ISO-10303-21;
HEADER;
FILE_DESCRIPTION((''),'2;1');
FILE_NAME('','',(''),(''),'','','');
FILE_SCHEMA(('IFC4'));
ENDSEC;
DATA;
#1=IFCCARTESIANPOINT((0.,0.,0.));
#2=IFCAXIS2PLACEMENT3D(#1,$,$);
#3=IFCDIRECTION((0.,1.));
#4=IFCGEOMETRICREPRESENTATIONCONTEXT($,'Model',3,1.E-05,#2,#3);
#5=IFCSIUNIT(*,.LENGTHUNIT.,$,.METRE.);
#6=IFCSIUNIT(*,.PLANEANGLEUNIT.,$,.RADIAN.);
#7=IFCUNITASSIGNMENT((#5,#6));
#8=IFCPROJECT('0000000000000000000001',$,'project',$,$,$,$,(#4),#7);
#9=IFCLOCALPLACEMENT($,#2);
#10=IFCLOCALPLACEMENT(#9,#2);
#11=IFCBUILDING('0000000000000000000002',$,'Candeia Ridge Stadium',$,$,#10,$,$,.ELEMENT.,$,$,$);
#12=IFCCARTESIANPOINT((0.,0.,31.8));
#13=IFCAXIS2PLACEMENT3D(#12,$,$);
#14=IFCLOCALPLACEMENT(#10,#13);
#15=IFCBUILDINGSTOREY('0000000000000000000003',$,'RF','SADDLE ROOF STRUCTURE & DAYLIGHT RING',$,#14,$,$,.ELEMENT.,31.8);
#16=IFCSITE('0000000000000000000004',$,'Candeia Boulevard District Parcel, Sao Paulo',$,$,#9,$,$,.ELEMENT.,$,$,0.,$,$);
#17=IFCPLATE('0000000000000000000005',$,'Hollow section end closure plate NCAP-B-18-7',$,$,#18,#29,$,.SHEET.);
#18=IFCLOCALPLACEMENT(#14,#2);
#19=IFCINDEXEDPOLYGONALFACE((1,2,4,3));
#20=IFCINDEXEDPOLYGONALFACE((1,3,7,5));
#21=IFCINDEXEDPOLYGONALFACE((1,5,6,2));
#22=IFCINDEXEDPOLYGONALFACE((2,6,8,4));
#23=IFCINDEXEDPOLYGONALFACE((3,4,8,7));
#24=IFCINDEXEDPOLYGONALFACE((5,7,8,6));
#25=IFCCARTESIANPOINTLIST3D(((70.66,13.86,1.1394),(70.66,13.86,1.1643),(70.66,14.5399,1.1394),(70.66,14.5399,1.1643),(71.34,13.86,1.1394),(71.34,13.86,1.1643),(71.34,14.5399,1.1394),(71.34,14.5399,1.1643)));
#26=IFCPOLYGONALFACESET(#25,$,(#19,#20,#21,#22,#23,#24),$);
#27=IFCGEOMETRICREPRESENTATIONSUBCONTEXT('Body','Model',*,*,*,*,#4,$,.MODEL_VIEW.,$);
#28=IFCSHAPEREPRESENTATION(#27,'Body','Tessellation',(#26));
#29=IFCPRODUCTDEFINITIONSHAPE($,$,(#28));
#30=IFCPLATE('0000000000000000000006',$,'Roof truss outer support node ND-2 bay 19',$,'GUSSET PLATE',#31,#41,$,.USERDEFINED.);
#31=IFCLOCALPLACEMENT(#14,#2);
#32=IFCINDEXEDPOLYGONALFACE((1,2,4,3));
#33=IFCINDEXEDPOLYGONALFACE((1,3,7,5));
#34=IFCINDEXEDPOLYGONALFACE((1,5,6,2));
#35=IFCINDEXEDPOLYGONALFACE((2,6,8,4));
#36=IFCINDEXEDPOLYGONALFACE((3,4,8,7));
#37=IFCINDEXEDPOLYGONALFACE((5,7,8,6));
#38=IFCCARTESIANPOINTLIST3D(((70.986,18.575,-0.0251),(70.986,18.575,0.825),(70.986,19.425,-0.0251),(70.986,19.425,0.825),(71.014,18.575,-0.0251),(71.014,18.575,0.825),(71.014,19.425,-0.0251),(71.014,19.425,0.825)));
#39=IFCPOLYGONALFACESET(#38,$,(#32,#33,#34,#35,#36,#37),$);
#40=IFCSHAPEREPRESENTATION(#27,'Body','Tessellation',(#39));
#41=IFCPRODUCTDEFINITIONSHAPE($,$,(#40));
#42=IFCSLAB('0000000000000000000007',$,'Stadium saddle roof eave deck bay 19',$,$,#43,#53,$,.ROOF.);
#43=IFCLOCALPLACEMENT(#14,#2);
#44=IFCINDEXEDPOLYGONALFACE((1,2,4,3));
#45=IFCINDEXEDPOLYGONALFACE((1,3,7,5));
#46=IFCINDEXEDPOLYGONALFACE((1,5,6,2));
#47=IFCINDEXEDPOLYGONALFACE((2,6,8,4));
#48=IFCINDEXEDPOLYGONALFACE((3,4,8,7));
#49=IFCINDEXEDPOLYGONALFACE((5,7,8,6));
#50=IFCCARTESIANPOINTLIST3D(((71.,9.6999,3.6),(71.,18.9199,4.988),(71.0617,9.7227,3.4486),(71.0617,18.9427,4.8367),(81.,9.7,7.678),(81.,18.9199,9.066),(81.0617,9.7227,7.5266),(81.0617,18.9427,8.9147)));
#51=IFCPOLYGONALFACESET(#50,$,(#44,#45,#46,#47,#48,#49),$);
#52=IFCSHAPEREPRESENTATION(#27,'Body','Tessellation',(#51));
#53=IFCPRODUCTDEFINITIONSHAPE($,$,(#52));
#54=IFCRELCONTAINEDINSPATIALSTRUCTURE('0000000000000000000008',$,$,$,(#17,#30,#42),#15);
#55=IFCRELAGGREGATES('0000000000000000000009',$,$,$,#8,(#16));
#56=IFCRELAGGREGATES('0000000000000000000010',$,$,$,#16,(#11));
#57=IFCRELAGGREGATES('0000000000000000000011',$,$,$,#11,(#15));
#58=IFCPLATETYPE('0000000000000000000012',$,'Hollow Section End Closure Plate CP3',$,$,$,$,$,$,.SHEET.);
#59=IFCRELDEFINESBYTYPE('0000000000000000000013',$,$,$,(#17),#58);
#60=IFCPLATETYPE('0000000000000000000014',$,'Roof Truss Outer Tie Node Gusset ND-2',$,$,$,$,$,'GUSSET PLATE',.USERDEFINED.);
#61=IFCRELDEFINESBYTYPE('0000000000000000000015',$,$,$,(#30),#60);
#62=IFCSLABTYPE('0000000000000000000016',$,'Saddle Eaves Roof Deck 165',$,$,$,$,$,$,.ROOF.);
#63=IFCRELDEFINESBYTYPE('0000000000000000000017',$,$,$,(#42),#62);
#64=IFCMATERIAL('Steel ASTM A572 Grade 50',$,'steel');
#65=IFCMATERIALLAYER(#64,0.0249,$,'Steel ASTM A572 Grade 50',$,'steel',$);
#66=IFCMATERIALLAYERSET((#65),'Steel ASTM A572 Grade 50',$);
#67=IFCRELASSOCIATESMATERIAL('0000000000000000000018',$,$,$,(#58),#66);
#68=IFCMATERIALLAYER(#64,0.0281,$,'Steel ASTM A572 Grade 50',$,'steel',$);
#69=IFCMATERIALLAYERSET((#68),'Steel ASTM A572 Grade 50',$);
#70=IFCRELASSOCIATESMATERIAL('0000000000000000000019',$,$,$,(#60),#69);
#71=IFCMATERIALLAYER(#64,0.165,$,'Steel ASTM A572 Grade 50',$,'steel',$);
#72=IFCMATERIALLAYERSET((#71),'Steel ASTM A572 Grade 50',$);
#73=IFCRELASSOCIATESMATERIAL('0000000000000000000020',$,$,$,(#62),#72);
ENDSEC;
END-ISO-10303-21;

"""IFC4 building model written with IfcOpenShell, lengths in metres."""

from ifc_helpers import new_model, si_unit, direction, frame, origin, origin_2d, place, context, subcontext, project, spatial, polyline, rectangle, outline, extrude, material, layer, layer_set, type_object, element, save


model = new_model("IFC4")

# Units and contexts
model_context = context("Model", 3, precision=1e-05, world=origin(), true_north=direction((0.0, 1.0)))
body_context = subcontext(model_context, "Body", "Model", "MODEL_VIEW")
ifc_project = project(units=[si_unit("LENGTHUNIT", "METRE"), si_unit("PLANEANGLEUNIT", "RADIAN")], contexts=[model_context])

# Site, building, storey
site_placement = place(None, origin())
site = spatial("IfcSite", under=ifc_project, at=site_placement, Name="Candeia Boulevard District Parcel, Sao Paulo", CompositionType="ELEMENT", RefElevation=0.0)
building_placement = place(site_placement, origin())
building = spatial("IfcBuilding", under=site, at=building_placement, Name="Candeia Ridge Stadium", CompositionType="ELEMENT")
storey_placement = place(building_placement, frame((0.0, 0.0, 31.8)))
storey = spatial("IfcBuildingStorey", under=building, at=storey_placement, Name="RF", Description="SADDLE ROOF STRUCTURE & DAYLIGHT RING", CompositionType="ELEMENT", Elevation=31.8)

# Shared definitions
ifc_material_1 = material(Name="Steel ASTM A572 Grade 50", Category="steel")

# Plates
ifc_layer_1 = layer(ifc_material_1, 0.0249, Name="Steel ASTM A572 Grade 50", Category="steel")
ifc_layer_set_1 = layer_set([ifc_layer_1], Name="Steel ASTM A572 Grade 50")
plate_type_1 = type_object("IfcPlateType", Name="Hollow Section End Closure Plate CP3", PredefinedType="SHEET", material=ifc_layer_set_1)
for number, where, z_axis, x_axis, name in (
    (1, (71.0, 14.2, 1.1394), (0.0, 0.0, 1.0), (1.0, 0.0, 0.0), "Hollow section end closure plate NCAP-B-18-7"),
):
    element("IfcPlate", number, at=place(storey_placement, frame(where, z_axis=z_axis, x_axis=x_axis)), inside=storey, type_object=plate_type_1, Name=name, PredefinedType="SHEET", context=body_context, shape_type="SweptSolid", body=[
        extrude(rectangle(XDim=0.6799, YDim=0.6799, at=origin_2d()), origin(), (0.0, 0.0, 1.0), 0.0249),
    ])
ifc_layer_2 = layer(ifc_material_1, 0.0281, Name="Steel ASTM A572 Grade 50", Category="steel")
ifc_layer_set_2 = layer_set([ifc_layer_2], Name="Steel ASTM A572 Grade 50")
plate_type_2 = type_object("IfcPlateType", Name="Roof Truss Outer Tie Node Gusset ND-2", ElementType="GUSSET PLATE", PredefinedType="USERDEFINED", material=ifc_layer_set_2)
plate_1_placement = place(storey_placement, frame((71.0, 19.0, -0.0251), z_axis=(0.0, 0.0, 1.0), x_axis=(0.0, -1.0, 0.0)))
element("IfcPlate", 2, at=plate_1_placement, inside=storey, type_object=plate_type_2, Name="Roof truss outer support node ND-2 bay 19", ObjectType="GUSSET PLATE", PredefinedType="USERDEFINED", context=body_context, shape_type="SweptSolid", body=[
    extrude(rectangle(XDim=0.8501, YDim=0.0281, at=origin_2d()), origin(), (0.0, 0.0, 1.0), 0.8501),
])

# Slab
ifc_layer_3 = layer(ifc_material_1, 0.165, Name="Steel ASTM A572 Grade 50", Category="steel")
ifc_layer_set_3 = layer_set([ifc_layer_3], Name="Steel ASTM A572 Grade 50")
slab_type = type_object("IfcSlabType", Name="Saddle Eaves Roof Deck 165", PredefinedType="ROOF", material=ifc_layer_set_3)
slab_placement = place(storey_placement, frame((71.0, 18.9199, 4.988), z_axis=(-0.373992, -0.138068, 0.917097), x_axis=(0.925965, -0.000001, 0.377609)))
element("IfcSlab", 3, at=slab_placement, inside=storey, type_object=slab_type, Name="Stadium saddle roof eave deck bay 19", PredefinedType="ROOF", context=body_context, shape_type="SweptSolid", body=[
    extrude(outline(polyline([(0.0, 0.0), (10.7995, 0.0), (10.2754, -9.3091), (-0.5242, -9.3091), (0.0, 0.0)])), origin(), (0.0, 0.0, -1.0), 0.165),
])

save(model, "model.ifc")
